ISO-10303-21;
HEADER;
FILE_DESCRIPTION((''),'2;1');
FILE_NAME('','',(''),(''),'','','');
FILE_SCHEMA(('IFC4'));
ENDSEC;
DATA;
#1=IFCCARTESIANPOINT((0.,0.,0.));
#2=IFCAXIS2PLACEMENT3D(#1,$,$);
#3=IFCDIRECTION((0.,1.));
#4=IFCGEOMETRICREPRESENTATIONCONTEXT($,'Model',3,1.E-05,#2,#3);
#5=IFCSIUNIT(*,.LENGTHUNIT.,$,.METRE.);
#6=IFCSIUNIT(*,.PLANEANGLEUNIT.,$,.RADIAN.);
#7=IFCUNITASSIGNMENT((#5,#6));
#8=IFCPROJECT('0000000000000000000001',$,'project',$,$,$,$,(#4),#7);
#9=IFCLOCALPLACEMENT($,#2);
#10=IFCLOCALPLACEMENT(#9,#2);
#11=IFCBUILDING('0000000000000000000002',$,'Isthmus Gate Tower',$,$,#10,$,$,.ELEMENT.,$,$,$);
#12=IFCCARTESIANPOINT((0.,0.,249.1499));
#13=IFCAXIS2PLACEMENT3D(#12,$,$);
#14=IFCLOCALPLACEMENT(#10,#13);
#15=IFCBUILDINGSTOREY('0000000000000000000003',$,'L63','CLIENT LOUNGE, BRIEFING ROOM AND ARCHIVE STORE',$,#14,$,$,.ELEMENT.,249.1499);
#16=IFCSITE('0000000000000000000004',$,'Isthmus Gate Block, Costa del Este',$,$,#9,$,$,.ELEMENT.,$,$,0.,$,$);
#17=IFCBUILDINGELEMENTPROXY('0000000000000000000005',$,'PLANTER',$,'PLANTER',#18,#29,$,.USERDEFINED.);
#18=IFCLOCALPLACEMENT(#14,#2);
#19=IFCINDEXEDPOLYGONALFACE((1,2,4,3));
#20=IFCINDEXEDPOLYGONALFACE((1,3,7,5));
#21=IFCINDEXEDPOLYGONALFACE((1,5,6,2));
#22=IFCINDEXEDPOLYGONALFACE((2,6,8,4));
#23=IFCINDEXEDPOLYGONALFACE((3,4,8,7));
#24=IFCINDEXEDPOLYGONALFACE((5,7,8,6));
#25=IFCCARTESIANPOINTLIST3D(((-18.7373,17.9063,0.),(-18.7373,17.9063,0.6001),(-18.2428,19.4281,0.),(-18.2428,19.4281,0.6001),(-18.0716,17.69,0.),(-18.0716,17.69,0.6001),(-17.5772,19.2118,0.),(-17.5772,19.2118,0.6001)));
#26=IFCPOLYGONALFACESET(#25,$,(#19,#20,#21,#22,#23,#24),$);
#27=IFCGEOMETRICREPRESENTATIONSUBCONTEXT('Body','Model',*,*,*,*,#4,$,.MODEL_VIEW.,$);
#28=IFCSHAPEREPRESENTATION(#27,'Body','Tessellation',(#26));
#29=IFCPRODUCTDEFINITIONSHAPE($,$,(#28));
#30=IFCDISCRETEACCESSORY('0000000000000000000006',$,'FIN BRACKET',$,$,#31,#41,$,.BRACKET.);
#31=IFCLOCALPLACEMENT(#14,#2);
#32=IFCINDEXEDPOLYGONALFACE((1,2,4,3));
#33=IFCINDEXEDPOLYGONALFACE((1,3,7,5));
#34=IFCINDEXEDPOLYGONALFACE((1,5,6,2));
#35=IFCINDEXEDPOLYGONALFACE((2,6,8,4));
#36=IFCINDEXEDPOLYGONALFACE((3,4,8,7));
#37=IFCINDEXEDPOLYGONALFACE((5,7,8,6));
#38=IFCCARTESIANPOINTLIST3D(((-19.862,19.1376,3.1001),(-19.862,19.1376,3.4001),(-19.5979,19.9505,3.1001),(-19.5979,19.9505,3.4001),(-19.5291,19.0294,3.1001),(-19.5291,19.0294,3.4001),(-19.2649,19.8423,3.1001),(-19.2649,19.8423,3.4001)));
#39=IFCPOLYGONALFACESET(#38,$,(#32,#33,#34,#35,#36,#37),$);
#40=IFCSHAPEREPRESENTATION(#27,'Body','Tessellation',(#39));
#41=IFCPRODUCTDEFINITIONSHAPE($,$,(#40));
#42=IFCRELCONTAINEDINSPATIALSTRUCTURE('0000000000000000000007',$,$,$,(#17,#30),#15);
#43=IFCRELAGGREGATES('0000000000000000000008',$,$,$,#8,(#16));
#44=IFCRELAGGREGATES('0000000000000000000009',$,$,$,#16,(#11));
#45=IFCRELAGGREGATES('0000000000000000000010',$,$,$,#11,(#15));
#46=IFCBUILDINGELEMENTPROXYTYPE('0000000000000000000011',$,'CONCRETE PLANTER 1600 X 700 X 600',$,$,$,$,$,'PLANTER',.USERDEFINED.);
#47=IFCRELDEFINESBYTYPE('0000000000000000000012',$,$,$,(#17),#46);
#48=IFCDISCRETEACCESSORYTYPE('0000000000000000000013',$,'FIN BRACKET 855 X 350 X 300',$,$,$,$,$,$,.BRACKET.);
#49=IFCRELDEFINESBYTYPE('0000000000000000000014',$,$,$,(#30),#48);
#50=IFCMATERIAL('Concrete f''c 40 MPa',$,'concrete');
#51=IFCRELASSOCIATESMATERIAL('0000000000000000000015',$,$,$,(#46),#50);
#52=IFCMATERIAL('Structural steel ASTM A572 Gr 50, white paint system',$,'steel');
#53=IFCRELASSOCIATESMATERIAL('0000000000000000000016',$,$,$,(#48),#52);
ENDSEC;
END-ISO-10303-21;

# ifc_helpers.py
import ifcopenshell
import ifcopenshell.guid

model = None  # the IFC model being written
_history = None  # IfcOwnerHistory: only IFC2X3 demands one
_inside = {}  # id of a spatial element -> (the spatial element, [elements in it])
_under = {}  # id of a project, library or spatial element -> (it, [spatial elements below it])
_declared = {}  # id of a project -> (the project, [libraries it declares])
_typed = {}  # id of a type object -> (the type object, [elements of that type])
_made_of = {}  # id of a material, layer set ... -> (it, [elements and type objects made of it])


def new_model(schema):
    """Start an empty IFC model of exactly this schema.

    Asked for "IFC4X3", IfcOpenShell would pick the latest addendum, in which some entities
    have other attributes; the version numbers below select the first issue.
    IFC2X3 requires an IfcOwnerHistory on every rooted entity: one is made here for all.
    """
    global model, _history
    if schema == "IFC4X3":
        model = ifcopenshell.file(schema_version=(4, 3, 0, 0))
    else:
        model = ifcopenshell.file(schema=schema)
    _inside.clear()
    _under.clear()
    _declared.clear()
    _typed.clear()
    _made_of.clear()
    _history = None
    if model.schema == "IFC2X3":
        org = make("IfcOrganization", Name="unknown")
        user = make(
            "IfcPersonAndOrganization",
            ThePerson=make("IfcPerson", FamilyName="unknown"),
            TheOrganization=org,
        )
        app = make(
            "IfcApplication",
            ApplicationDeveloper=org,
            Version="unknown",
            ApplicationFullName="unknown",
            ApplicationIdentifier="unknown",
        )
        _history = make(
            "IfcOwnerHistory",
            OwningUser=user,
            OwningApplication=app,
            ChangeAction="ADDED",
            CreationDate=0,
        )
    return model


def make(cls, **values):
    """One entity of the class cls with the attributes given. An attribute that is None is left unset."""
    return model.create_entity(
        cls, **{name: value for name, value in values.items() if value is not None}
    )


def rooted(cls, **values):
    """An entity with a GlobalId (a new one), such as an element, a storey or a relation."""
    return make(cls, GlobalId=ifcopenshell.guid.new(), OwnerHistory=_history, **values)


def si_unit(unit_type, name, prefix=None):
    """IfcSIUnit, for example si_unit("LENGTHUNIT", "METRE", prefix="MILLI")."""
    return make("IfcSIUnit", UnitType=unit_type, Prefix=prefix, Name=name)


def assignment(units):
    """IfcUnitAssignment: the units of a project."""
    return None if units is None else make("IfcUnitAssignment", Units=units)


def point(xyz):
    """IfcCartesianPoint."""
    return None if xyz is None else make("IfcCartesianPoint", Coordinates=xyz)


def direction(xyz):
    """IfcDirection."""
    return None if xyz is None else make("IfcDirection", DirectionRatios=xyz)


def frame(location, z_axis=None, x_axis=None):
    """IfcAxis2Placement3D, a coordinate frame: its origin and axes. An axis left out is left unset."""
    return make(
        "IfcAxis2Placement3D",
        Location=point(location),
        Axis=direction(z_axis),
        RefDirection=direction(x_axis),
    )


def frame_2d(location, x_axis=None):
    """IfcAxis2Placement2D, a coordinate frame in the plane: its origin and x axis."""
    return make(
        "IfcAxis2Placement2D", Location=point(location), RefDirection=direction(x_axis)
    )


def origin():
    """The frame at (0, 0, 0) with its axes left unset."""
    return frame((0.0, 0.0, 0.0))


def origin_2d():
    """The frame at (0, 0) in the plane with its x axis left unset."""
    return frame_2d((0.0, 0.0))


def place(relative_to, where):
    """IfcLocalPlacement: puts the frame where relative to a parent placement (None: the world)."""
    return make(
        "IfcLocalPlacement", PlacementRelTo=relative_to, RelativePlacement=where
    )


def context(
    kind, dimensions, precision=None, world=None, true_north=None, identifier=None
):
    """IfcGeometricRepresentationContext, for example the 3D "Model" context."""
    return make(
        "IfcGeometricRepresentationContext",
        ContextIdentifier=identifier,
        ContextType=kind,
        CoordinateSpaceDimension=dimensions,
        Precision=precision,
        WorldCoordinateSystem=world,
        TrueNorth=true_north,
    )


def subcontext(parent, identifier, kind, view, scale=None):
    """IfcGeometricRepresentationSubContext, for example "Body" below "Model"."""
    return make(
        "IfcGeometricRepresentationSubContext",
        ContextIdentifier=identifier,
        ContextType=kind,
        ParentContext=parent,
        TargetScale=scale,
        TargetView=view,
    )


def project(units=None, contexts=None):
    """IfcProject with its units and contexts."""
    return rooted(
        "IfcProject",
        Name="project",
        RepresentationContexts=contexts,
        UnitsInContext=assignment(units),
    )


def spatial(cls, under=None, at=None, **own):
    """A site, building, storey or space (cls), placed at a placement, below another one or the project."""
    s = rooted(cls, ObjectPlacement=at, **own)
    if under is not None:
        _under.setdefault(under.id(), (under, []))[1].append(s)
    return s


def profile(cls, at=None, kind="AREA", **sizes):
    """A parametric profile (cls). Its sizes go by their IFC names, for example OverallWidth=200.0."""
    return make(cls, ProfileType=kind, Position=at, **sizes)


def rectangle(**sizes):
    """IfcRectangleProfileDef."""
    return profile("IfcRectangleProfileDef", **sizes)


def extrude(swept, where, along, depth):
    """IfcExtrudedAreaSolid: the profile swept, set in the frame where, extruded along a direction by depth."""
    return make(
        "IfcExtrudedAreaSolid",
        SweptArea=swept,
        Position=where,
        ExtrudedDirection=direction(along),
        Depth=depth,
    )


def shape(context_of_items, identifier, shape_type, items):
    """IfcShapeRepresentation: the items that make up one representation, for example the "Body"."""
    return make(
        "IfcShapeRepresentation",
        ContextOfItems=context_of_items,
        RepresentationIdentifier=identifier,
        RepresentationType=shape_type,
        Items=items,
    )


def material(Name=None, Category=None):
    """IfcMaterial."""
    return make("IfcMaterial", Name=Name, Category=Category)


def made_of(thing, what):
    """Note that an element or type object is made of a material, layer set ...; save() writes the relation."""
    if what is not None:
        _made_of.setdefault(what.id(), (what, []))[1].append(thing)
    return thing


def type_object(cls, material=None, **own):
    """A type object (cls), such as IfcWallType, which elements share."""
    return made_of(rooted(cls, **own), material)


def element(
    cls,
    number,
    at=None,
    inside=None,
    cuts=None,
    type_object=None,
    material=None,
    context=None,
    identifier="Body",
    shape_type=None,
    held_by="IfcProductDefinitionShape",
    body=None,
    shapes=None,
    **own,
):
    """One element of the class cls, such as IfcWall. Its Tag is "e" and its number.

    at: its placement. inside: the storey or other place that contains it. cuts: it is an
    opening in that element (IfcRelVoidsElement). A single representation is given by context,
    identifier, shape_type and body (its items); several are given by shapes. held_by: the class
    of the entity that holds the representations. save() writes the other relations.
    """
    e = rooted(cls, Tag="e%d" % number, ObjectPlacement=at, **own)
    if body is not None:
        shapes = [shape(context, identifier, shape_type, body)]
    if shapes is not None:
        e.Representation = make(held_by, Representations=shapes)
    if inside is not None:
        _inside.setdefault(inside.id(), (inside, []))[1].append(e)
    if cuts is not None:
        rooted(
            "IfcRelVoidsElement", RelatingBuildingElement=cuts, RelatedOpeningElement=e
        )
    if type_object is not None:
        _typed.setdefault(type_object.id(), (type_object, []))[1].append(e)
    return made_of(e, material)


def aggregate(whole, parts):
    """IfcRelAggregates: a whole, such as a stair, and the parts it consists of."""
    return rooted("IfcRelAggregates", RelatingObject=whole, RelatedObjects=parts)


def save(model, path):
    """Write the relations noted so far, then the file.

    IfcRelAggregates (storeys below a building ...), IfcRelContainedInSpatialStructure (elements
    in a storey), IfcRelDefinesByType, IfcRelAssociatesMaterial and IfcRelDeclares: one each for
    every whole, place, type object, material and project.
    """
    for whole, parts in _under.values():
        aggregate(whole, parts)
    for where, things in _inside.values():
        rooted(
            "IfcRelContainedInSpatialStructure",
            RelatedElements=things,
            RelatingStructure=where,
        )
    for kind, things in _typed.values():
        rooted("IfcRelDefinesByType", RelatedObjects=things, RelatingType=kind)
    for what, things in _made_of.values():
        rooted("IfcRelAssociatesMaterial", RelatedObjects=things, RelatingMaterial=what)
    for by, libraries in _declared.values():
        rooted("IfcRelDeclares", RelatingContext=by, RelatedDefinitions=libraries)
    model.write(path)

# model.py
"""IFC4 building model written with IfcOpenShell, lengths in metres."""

from ifc_helpers import new_model, si_unit, direction, frame, origin, origin_2d, place, context, subcontext, project, spatial, rectangle, extrude, material, type_object, element, save


model = new_model("IFC4")

# Units and contexts
model_context = context("Model", 3, precision=1e-05, world=origin(), true_north=direction((0.0, 1.0)))
body_context = subcontext(model_context, "Body", "Model", "MODEL_VIEW")
ifc_project = project(units=[si_unit("LENGTHUNIT", "METRE"), si_unit("PLANEANGLEUNIT", "RADIAN")], contexts=[model_context])

# Site, building, storey
site_placement = place(None, origin())
site = spatial("IfcSite", under=ifc_project, at=site_placement, Name="Isthmus Gate Block, Costa del Este", CompositionType="ELEMENT", RefElevation=0.0)
building_placement = place(site_placement, origin())
building = spatial("IfcBuilding", under=site, at=building_placement, Name="Isthmus Gate Tower", CompositionType="ELEMENT")
storey_placement = place(building_placement, frame((0.0, 0.0, 249.1499)))
storey = spatial("IfcBuildingStorey", under=building, at=storey_placement, Name="L63", Description="CLIENT LOUNGE, BRIEFING ROOM AND ARCHIVE STORE", CompositionType="ELEMENT", Elevation=249.1499)

# Building element proxy
ifc_material_1 = material(Name="Concrete f'c 40 MPa", Category="concrete")
building_element_proxy_type = type_object("IfcBuildingElementProxyType", Name="CONCRETE PLANTER 1600 X 700 X 600", ElementType="PLANTER", PredefinedType="USERDEFINED", material=ifc_material_1)
for number, where, z_axis, x_axis, name in (
    (1, (-18.1572, 18.5591, 0.0), (0.0, 0.0, 1.0), (-0.309017, -0.951057, 0.0), "PLANTER"),
):
    element("IfcBuildingElementProxy", number, at=place(storey_placement, frame(where, z_axis=z_axis, x_axis=x_axis)), inside=storey, type_object=building_element_proxy_type, Name=name, ObjectType="PLANTER", PredefinedType="USERDEFINED", context=body_context, shape_type="SweptSolid", body=[
        extrude(rectangle(XDim=1.6001, YDim=0.7, at=origin_2d()), origin(), (0.0, 0.0, 1.0), 0.6001),
    ])

# Discrete accessory
ifc_material_2 = material(Name="Structural steel ASTM A572 Gr 50, white paint system", Category="steel")
discrete_accessory_type = type_object("IfcDiscreteAccessoryType", Name="FIN BRACKET 855 X 350 X 300", PredefinedType="BRACKET", material=ifc_material_2)
discrete_accessory_placement = place(storey_placement, frame((-19.5635, 19.49, 3.1001), z_axis=(0.0, 0.0, 1.0), x_axis=(-0.951057, 0.309017, 0.0)))
element("IfcDiscreteAccessory", 2, at=discrete_accessory_placement, inside=storey, type_object=discrete_accessory_type, Name="FIN BRACKET", PredefinedType="BRACKET", context=body_context, shape_type="SweptSolid", body=[
    extrude(rectangle(XDim=0.3501, YDim=0.8547, at=origin_2d()), origin(), (0.0, 0.0, 1.0), 0.3),
])

save(model, "model.ifc")
